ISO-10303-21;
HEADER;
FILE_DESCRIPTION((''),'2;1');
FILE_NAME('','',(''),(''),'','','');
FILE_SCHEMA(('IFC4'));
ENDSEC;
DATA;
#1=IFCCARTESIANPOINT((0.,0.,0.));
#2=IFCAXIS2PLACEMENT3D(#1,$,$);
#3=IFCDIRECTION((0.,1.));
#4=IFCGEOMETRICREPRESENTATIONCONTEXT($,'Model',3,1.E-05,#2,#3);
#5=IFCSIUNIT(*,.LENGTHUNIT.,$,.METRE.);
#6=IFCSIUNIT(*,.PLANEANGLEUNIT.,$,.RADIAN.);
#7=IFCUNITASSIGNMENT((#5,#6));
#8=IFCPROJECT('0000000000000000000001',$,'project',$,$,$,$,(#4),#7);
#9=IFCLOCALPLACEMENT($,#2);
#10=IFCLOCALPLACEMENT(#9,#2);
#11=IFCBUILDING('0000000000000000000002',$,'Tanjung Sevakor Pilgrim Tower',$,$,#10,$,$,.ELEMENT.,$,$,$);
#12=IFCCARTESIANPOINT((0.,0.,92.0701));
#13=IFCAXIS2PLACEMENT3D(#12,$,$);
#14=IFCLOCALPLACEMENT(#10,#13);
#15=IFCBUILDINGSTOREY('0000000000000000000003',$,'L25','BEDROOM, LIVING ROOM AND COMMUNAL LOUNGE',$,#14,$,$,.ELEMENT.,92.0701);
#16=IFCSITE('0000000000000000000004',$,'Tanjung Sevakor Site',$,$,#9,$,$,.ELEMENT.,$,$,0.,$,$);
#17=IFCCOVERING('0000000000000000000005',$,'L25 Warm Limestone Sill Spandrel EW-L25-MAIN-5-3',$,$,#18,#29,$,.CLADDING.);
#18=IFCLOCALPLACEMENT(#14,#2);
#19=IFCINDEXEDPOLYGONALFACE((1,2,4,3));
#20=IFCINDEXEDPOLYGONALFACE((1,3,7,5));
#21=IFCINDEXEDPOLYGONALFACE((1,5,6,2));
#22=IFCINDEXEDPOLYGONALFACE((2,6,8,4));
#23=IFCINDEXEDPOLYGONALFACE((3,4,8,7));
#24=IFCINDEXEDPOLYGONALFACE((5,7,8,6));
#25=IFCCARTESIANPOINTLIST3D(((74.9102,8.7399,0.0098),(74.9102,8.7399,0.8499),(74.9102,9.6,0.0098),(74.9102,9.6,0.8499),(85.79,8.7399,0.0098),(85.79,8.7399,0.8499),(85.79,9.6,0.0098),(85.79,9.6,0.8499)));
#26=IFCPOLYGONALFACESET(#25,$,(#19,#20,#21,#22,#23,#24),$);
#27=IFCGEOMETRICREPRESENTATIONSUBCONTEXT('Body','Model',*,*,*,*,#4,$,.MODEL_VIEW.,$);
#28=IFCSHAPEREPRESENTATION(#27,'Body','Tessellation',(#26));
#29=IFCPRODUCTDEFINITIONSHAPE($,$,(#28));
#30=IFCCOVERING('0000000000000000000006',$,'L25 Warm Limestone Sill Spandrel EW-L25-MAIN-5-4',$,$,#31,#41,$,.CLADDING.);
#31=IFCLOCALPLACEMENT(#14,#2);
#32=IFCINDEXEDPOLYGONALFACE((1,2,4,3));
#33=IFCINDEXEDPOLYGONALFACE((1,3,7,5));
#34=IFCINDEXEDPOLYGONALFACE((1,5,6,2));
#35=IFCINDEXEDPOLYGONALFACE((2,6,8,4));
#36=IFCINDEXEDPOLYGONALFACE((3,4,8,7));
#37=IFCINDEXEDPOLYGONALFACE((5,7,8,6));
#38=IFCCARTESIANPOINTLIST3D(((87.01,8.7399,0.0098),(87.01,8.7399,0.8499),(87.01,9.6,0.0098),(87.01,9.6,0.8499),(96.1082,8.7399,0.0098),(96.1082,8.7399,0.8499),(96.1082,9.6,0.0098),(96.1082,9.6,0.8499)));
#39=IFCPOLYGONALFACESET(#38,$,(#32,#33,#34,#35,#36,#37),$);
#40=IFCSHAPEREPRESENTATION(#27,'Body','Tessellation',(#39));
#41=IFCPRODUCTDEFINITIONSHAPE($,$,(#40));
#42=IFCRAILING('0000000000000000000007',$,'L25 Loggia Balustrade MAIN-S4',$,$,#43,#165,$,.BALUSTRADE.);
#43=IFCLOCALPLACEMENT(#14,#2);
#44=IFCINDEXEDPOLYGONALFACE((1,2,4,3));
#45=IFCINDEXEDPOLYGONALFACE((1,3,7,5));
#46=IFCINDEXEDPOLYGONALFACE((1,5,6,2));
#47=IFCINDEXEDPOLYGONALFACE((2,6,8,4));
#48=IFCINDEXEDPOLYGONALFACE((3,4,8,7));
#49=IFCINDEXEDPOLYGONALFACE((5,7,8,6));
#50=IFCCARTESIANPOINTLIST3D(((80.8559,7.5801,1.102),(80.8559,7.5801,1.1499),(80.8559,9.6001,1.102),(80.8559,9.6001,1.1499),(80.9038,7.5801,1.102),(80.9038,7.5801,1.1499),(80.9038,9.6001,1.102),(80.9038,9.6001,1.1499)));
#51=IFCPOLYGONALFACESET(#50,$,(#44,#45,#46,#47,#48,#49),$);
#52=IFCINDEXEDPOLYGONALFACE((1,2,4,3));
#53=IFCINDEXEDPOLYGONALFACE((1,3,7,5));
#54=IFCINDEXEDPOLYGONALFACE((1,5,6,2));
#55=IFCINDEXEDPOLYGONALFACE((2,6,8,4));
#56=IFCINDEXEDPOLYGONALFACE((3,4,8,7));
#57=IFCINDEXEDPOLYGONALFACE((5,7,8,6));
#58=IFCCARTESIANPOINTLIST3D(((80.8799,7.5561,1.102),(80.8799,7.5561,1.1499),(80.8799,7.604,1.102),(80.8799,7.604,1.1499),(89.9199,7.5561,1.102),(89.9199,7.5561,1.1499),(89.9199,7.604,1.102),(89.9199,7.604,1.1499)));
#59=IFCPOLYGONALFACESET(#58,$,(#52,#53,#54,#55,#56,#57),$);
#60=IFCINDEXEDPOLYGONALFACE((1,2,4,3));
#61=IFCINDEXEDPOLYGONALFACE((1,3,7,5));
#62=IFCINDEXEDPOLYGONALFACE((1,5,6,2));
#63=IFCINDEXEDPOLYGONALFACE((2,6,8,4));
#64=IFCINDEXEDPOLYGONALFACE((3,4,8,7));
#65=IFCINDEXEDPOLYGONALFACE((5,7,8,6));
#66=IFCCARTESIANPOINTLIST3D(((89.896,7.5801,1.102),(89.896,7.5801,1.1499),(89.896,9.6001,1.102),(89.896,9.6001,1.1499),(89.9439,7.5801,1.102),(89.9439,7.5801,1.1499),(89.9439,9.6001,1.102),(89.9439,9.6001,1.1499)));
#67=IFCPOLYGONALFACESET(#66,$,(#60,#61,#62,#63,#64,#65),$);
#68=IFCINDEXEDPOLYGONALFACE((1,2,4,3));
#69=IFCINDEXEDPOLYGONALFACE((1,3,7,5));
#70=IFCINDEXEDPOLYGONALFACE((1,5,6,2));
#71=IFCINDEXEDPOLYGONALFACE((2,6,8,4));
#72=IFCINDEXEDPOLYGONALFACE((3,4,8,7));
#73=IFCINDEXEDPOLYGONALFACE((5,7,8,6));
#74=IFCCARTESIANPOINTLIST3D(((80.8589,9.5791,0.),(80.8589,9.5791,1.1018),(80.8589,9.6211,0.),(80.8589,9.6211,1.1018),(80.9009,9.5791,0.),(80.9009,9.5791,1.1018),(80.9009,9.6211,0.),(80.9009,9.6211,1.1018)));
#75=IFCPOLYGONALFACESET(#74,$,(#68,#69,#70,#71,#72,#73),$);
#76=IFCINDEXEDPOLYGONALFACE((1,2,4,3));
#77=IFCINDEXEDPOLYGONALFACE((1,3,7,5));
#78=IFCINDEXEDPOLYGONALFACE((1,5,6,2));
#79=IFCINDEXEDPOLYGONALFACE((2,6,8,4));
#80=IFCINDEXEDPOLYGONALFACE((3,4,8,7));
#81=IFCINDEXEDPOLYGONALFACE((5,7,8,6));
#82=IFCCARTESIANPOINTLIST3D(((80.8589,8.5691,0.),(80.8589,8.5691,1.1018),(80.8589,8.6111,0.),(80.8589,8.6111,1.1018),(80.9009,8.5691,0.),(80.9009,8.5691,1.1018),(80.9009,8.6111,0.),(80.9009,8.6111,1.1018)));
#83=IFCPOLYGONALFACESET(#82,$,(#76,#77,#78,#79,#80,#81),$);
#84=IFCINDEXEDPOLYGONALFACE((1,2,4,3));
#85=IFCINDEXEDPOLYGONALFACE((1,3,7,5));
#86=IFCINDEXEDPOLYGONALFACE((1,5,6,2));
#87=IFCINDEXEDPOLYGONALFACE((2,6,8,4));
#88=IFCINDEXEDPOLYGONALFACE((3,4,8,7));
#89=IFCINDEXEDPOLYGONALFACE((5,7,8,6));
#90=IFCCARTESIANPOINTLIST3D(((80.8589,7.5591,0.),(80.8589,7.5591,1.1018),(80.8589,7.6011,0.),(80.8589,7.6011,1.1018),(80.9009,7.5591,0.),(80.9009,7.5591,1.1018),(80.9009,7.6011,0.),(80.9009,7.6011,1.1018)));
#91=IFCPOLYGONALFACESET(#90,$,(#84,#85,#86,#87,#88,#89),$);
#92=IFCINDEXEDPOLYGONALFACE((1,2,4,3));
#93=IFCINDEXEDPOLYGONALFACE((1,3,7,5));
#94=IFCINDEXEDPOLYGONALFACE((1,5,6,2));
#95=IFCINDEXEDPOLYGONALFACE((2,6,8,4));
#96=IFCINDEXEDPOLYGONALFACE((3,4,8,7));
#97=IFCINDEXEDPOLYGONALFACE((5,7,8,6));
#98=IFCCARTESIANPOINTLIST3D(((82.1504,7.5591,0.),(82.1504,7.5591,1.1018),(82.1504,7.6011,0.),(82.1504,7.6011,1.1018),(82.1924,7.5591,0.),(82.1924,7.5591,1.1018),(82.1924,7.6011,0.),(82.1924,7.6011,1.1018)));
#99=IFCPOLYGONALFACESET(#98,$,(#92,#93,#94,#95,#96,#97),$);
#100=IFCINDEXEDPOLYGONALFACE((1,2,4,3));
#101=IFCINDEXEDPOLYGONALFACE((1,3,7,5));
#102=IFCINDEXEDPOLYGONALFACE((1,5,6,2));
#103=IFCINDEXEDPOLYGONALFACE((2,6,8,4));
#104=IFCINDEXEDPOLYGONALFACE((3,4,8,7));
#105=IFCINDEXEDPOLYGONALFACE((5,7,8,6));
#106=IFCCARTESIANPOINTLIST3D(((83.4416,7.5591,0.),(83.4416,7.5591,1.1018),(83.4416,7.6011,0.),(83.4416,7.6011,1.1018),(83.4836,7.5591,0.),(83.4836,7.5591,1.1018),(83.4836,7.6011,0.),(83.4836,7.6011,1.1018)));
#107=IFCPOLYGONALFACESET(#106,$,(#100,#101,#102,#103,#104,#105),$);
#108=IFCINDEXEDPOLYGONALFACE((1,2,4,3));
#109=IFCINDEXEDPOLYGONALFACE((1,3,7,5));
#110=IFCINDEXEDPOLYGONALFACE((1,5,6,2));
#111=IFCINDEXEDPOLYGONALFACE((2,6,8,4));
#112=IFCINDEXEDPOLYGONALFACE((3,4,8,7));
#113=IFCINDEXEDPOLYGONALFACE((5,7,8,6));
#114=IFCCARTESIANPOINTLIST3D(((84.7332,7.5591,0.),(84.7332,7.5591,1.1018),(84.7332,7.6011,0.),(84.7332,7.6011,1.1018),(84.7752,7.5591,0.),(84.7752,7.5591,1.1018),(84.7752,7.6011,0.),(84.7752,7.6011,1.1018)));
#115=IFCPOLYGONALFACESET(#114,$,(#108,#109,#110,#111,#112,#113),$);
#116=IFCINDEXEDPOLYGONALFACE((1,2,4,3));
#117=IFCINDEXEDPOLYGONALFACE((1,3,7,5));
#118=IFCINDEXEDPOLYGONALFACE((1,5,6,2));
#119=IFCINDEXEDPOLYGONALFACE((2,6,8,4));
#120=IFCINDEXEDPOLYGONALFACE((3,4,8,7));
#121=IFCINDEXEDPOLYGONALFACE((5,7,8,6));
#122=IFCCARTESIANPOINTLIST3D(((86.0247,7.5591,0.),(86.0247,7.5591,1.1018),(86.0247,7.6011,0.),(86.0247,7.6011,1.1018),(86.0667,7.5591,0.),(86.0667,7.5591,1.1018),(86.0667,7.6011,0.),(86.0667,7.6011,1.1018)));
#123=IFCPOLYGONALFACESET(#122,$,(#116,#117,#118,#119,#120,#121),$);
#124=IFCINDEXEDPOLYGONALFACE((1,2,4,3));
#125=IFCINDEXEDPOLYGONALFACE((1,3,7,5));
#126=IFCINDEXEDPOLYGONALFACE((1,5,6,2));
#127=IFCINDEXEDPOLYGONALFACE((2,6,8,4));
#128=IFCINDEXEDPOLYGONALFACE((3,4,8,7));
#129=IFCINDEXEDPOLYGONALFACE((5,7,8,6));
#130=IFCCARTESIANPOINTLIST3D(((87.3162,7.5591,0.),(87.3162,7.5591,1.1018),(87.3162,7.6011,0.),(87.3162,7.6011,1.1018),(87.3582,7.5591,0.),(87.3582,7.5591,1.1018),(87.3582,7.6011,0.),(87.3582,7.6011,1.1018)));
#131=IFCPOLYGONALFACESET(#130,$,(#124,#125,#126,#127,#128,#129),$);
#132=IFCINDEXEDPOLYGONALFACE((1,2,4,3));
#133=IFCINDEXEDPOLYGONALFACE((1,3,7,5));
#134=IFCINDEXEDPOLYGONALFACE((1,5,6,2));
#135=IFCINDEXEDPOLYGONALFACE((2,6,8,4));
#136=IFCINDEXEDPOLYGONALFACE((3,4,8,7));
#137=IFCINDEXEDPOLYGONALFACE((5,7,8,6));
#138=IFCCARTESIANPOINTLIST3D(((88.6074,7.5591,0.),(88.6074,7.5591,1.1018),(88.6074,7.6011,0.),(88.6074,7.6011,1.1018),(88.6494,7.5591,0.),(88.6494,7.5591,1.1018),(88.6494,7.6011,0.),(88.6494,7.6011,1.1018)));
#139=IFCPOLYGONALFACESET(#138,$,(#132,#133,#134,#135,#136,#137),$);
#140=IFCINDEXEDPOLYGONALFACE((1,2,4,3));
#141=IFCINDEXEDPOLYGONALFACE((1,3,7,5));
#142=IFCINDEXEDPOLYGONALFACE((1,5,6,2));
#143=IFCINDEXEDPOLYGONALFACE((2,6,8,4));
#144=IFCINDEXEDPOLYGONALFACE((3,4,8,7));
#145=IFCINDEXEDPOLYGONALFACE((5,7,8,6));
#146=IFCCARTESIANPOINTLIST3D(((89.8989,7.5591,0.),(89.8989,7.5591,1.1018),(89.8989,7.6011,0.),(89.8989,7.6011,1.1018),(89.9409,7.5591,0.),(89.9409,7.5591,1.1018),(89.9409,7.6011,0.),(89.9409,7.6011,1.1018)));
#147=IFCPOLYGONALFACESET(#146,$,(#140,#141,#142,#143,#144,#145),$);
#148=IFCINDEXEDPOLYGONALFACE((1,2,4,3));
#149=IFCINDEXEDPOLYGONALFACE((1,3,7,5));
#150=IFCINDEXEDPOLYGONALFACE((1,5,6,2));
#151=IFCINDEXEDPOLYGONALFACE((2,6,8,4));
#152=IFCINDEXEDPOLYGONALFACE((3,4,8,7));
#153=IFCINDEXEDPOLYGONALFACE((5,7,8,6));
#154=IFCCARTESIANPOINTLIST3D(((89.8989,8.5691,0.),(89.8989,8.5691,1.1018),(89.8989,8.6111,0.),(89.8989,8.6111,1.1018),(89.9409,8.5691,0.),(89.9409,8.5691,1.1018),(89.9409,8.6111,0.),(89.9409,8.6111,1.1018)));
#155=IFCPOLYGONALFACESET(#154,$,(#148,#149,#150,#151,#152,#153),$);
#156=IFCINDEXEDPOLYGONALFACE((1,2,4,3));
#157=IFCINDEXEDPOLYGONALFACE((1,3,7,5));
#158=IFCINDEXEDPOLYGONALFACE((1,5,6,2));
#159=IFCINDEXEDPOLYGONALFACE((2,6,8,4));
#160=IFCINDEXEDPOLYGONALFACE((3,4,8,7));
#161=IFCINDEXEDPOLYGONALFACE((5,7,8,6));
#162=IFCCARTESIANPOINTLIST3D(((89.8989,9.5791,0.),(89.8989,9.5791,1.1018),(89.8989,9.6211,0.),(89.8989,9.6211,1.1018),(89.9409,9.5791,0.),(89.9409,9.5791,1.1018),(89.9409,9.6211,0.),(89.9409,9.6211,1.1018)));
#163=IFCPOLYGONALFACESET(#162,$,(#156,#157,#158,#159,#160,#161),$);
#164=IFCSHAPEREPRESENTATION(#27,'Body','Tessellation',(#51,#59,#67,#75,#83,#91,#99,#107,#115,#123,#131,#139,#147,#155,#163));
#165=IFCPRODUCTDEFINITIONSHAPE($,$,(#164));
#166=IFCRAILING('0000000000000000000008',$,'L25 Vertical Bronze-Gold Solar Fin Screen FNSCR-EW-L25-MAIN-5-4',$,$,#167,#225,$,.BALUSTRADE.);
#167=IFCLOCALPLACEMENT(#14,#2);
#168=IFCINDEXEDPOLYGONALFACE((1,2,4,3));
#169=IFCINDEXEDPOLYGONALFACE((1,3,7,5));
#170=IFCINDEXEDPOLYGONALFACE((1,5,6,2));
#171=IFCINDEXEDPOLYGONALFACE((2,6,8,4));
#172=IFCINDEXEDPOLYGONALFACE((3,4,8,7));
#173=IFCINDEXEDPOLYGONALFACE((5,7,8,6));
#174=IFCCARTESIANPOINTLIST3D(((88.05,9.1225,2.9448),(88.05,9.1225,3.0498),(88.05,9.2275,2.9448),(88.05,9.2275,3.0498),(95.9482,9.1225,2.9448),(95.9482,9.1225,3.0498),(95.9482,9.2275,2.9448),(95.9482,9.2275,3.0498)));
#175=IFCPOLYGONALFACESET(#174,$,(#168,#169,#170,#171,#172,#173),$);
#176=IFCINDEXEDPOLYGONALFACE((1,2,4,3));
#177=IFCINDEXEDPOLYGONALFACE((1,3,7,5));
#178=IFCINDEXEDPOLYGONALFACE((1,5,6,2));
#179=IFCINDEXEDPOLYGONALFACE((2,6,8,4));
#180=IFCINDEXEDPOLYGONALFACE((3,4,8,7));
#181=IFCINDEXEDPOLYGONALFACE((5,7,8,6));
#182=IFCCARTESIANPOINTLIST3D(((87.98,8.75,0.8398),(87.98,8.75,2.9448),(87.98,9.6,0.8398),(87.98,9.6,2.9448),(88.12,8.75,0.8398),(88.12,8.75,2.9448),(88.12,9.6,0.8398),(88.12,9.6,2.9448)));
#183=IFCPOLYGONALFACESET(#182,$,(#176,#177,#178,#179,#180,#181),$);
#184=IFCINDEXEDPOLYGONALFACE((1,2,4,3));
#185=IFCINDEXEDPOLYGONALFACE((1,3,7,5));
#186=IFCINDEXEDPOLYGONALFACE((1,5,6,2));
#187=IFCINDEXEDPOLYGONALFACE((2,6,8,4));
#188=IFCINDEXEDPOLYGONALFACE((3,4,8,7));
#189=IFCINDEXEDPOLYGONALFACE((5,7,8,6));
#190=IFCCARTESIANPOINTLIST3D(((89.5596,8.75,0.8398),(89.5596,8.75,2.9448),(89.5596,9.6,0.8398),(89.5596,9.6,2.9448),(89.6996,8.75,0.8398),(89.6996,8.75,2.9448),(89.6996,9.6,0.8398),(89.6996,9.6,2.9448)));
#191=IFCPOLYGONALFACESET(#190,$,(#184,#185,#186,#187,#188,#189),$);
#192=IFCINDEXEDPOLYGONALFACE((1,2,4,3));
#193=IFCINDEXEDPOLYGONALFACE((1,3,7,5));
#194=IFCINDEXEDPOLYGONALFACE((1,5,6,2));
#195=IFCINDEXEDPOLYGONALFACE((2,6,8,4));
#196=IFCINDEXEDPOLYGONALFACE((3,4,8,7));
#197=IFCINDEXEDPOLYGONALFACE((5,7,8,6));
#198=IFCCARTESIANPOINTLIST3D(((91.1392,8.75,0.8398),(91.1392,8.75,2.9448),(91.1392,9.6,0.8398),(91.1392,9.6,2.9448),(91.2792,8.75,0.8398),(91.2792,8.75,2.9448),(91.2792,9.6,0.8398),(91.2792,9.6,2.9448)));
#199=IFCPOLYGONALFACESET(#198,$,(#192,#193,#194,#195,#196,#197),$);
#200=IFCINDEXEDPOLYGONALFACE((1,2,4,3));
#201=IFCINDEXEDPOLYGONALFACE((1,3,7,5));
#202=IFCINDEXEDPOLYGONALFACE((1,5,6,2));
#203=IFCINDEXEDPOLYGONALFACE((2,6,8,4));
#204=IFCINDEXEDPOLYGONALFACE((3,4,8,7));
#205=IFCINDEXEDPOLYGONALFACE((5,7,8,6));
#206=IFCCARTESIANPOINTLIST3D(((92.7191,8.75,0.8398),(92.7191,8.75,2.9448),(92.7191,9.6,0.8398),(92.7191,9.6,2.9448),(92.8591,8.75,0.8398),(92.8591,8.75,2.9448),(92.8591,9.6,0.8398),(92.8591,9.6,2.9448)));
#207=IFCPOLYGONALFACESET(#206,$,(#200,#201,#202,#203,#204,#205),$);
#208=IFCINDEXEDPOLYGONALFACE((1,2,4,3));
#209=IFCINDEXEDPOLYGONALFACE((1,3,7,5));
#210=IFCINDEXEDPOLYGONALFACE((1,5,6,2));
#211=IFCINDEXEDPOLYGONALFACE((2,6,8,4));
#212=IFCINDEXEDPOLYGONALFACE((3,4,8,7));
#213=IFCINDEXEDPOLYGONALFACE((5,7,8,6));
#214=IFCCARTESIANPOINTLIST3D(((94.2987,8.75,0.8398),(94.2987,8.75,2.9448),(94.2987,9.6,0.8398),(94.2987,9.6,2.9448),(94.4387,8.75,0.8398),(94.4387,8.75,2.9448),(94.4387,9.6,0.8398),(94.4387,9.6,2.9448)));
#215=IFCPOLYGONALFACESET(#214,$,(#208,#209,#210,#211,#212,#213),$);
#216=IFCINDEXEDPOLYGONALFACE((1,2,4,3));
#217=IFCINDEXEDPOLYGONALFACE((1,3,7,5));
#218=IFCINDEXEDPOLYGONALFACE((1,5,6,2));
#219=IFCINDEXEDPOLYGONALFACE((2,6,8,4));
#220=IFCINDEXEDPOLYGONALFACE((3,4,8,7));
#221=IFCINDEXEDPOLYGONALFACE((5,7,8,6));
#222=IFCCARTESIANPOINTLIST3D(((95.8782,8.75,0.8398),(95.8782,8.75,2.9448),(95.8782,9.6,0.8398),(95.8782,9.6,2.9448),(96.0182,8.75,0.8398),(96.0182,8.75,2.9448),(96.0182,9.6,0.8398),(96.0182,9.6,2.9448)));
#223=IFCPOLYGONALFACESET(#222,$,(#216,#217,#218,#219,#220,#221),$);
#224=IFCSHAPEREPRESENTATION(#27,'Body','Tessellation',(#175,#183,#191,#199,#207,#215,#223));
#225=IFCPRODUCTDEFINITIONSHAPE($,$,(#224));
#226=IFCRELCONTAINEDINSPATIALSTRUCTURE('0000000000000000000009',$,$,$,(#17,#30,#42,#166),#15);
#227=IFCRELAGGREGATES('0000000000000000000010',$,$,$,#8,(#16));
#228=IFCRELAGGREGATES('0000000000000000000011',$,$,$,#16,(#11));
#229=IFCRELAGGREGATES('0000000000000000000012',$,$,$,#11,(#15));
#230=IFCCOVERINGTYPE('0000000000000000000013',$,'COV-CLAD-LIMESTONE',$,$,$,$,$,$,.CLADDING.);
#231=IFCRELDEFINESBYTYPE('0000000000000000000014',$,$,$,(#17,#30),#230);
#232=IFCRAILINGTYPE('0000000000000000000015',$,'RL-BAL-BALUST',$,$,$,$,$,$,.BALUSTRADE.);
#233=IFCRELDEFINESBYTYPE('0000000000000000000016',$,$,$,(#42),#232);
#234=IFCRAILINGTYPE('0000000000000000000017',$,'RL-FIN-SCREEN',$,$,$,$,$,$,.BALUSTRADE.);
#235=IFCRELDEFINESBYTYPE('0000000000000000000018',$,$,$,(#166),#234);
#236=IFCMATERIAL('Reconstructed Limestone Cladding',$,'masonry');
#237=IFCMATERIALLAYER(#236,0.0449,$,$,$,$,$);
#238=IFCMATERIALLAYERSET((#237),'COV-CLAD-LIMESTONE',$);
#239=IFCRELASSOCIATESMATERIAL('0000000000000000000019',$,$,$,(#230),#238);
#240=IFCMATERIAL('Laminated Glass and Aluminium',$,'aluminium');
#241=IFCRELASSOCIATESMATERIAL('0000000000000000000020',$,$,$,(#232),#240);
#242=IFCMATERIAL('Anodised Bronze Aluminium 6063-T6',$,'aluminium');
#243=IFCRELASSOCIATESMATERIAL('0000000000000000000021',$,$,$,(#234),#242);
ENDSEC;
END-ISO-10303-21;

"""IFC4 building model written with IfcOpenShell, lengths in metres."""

from ifc_helpers import new_model, si_unit, direction, frame, origin, origin_2d, place, context, subcontext, project, spatial, rectangle, extrude, material, layer, layer_set, type_object, element, save


model = new_model("IFC4")

# Units and contexts
model_context = context("Model", 3, precision=1e-05, world=origin(), true_north=direction((0.0, 1.0)))
body_context = subcontext(model_context, "Body", "Model", "MODEL_VIEW")
ifc_project = project(units=[si_unit("LENGTHUNIT", "METRE"), si_unit("PLANEANGLEUNIT", "RADIAN")], contexts=[model_context])

# Site, building, storey
site_placement = place(None, origin())
site = spatial("IfcSite", under=ifc_project, at=site_placement, Name="Tanjung Sevakor Site", CompositionType="ELEMENT", RefElevation=0.0)
building_placement = place(site_placement, origin())
building = spatial("IfcBuilding", under=site, at=building_placement, Name="Tanjung Sevakor Pilgrim Tower", CompositionType="ELEMENT")
storey_placement = place(building_placement, frame((0.0, 0.0, 92.0701)))
storey = spatial("IfcBuildingStorey", under=building, at=storey_placement, Name="L25", Description="BEDROOM, LIVING ROOM AND COMMUNAL LOUNGE", CompositionType="ELEMENT", Elevation=92.0701)

# Coverings
ifc_material_1 = material(Name="Reconstructed Limestone Cladding", Category="masonry")
ifc_layer_1 = layer(ifc_material_1, 0.0449)
ifc_layer_set_1 = layer_set([ifc_layer_1], Name="COV-CLAD-LIMESTONE")
covering_type = type_object("IfcCoveringType", Name="COV-CLAD-LIMESTONE", PredefinedType="CLADDING", material=ifc_layer_set_1)
covering_1_placement = place(storey_placement, frame((80.3501, 9.1699, 0.0098), z_axis=(0.0, 0.0, 1.0), x_axis=(1.0, 0.0, 0.0)))
element("IfcCovering", 1, at=covering_1_placement, inside=storey, type_object=covering_type, Name="L25 Warm Limestone Sill Spandrel EW-L25-MAIN-5-3", PredefinedType="CLADDING", context=body_context, shape_type="SweptSolid", body=[
    extrude(rectangle(XDim=10.8799, YDim=0.8601, at=origin_2d()), origin(), (0.0, 0.0, 1.0), 0.8401),
])
covering_2_placement = place(storey_placement, frame((91.5591, 9.1699, 0.0098), z_axis=(0.0, 0.0, 1.0), x_axis=(1.0, 0.0, 0.0)))
element("IfcCovering", 2, at=covering_2_placement, inside=storey, type_object=covering_type, Name="L25 Warm Limestone Sill Spandrel EW-L25-MAIN-5-4", PredefinedType="CLADDING", context=body_context, shape_type="SweptSolid", body=[
    extrude(rectangle(XDim=9.0981, YDim=0.8601, at=origin_2d()), origin(), (0.0, 0.0, 1.0), 0.8401),
])

# Railings
ifc_material_2 = material(Name="Laminated Glass and Aluminium", Category="aluminium")
railing_type_1 = type_object("IfcRailingType", Name="RL-BAL-BALUST", PredefinedType="BALUSTRADE", material=ifc_material_2)
railing_1_placement = place(storey_placement, frame((80.8799, 9.6001, 0.0)))
element("IfcRailing", 3, at=railing_1_placement, inside=storey, type_object=railing_type_1, Name="L25 Loggia Balustrade MAIN-S4", PredefinedType="BALUSTRADE", context=body_context, shape_type="SweptSolid", body=[
    extrude(rectangle(XDim=0.0479, YDim=0.0479), frame((0.0, 0.0, 1.126), z_axis=(0.0, -1.0, 0.0), x_axis=(1.0, 0.0, 0.0)), (0.0, 0.0, 1.0), 2.02),
    extrude(rectangle(XDim=0.0479, YDim=0.0479), frame((0.0, -2.02, 1.126), z_axis=(1.0, 0.0, 0.0), x_axis=(0.0, 1.0, 0.0)), (0.0, 0.0, 1.0), 9.04),
    extrude(rectangle(XDim=0.0479, YDim=0.0479), frame((9.04, -2.02, 1.126), z_axis=(0.0, 1.0, 0.0), x_axis=(-1.0, 0.0, 0.0)), (0.0, 0.0, 1.0), 2.02),
    extrude(rectangle(XDim=0.042, YDim=0.042), origin(), (0.0, 0.0, 1.0), 1.1018),
    extrude(rectangle(XDim=0.042, YDim=0.042), frame((0.0, -1.01, 0.0)), (0.0, 0.0, 1.0), 1.1018),
    extrude(rectangle(XDim=0.042, YDim=0.042), frame((0.0, -2.02, 0.0)), (0.0, 0.0, 1.0), 1.1018),
    extrude(rectangle(XDim=0.042, YDim=0.042), frame((1.2915, -2.02, 0.0)), (0.0, 0.0, 1.0), 1.1018),
    extrude(rectangle(XDim=0.042, YDim=0.042), frame((2.5828, -2.02, 0.0)), (0.0, 0.0, 1.0), 1.1018),
    extrude(rectangle(XDim=0.042, YDim=0.042), frame((3.8743, -2.02, 0.0)), (0.0, 0.0, 1.0), 1.1018),
    extrude(rectangle(XDim=0.042, YDim=0.042), frame((5.1658, -2.02, 0.0)), (0.0, 0.0, 1.0), 1.1018),
    extrude(rectangle(XDim=0.042, YDim=0.042), frame((6.4573, -2.02, 0.0)), (0.0, 0.0, 1.0), 1.1018),
    extrude(rectangle(XDim=0.042, YDim=0.042), frame((7.7485, -2.02, 0.0)), (0.0, 0.0, 1.0), 1.1018),
    extrude(rectangle(XDim=0.042, YDim=0.042), frame((9.04, -2.02, 0.0)), (0.0, 0.0, 1.0), 1.1018),
    extrude(rectangle(XDim=0.042, YDim=0.042), frame((9.04, -1.01, 0.0)), (0.0, 0.0, 1.0), 1.1018),
    extrude(rectangle(XDim=0.042, YDim=0.042), frame((9.04, 0.0, 0.0)), (0.0, 0.0, 1.0), 1.1018),
])
ifc_material_3 = material(Name="Anodised Bronze Aluminium 6063-T6", Category="aluminium")
railing_type_2 = type_object("IfcRailingType", Name="RL-FIN-SCREEN", PredefinedType="BALUSTRADE", material=ifc_material_3)
railing_2_placement = place(storey_placement, frame((88.05, 9.175, 0.8398)))
element("IfcRailing", 4, at=railing_2_placement, inside=storey, type_object=railing_type_2, Name="L25 Vertical Bronze-Gold Solar Fin Screen FNSCR-EW-L25-MAIN-5-4", PredefinedType="BALUSTRADE", context=body_context, shape_type="SweptSolid", body=[
    extrude(rectangle(XDim=0.105, YDim=0.105), frame((0.0, 0.0, 2.1575), z_axis=(1.0, 0.0, 0.0), x_axis=(0.0, 1.0, 0.0)), (0.0, 0.0, 1.0), 7.8982),
    extrude(rectangle(XDim=0.14, YDim=0.85), origin(), (0.0, 0.0, 1.0), 2.105),
    extrude(rectangle(XDim=0.14, YDim=0.85), frame((1.5796, 0.0, 0.0)), (0.0, 0.0, 1.0), 2.105),
    extrude(rectangle(XDim=0.14, YDim=0.85), frame((3.1592, 0.0, 0.0)), (0.0, 0.0, 1.0), 2.105),
    extrude(rectangle(XDim=0.14, YDim=0.85), frame((4.739, 0.0, 0.0)), (0.0, 0.0, 1.0), 2.105),
    extrude(rectangle(XDim=0.14, YDim=0.85), frame((6.3186, 0.0, 0.0)), (0.0, 0.0, 1.0), 2.105),
    extrude(rectangle(XDim=0.14, YDim=0.85), frame((7.8982, 0.0, 0.0)), (0.0, 0.0, 1.0), 2.105),
])

save(model, "model.ifc")
